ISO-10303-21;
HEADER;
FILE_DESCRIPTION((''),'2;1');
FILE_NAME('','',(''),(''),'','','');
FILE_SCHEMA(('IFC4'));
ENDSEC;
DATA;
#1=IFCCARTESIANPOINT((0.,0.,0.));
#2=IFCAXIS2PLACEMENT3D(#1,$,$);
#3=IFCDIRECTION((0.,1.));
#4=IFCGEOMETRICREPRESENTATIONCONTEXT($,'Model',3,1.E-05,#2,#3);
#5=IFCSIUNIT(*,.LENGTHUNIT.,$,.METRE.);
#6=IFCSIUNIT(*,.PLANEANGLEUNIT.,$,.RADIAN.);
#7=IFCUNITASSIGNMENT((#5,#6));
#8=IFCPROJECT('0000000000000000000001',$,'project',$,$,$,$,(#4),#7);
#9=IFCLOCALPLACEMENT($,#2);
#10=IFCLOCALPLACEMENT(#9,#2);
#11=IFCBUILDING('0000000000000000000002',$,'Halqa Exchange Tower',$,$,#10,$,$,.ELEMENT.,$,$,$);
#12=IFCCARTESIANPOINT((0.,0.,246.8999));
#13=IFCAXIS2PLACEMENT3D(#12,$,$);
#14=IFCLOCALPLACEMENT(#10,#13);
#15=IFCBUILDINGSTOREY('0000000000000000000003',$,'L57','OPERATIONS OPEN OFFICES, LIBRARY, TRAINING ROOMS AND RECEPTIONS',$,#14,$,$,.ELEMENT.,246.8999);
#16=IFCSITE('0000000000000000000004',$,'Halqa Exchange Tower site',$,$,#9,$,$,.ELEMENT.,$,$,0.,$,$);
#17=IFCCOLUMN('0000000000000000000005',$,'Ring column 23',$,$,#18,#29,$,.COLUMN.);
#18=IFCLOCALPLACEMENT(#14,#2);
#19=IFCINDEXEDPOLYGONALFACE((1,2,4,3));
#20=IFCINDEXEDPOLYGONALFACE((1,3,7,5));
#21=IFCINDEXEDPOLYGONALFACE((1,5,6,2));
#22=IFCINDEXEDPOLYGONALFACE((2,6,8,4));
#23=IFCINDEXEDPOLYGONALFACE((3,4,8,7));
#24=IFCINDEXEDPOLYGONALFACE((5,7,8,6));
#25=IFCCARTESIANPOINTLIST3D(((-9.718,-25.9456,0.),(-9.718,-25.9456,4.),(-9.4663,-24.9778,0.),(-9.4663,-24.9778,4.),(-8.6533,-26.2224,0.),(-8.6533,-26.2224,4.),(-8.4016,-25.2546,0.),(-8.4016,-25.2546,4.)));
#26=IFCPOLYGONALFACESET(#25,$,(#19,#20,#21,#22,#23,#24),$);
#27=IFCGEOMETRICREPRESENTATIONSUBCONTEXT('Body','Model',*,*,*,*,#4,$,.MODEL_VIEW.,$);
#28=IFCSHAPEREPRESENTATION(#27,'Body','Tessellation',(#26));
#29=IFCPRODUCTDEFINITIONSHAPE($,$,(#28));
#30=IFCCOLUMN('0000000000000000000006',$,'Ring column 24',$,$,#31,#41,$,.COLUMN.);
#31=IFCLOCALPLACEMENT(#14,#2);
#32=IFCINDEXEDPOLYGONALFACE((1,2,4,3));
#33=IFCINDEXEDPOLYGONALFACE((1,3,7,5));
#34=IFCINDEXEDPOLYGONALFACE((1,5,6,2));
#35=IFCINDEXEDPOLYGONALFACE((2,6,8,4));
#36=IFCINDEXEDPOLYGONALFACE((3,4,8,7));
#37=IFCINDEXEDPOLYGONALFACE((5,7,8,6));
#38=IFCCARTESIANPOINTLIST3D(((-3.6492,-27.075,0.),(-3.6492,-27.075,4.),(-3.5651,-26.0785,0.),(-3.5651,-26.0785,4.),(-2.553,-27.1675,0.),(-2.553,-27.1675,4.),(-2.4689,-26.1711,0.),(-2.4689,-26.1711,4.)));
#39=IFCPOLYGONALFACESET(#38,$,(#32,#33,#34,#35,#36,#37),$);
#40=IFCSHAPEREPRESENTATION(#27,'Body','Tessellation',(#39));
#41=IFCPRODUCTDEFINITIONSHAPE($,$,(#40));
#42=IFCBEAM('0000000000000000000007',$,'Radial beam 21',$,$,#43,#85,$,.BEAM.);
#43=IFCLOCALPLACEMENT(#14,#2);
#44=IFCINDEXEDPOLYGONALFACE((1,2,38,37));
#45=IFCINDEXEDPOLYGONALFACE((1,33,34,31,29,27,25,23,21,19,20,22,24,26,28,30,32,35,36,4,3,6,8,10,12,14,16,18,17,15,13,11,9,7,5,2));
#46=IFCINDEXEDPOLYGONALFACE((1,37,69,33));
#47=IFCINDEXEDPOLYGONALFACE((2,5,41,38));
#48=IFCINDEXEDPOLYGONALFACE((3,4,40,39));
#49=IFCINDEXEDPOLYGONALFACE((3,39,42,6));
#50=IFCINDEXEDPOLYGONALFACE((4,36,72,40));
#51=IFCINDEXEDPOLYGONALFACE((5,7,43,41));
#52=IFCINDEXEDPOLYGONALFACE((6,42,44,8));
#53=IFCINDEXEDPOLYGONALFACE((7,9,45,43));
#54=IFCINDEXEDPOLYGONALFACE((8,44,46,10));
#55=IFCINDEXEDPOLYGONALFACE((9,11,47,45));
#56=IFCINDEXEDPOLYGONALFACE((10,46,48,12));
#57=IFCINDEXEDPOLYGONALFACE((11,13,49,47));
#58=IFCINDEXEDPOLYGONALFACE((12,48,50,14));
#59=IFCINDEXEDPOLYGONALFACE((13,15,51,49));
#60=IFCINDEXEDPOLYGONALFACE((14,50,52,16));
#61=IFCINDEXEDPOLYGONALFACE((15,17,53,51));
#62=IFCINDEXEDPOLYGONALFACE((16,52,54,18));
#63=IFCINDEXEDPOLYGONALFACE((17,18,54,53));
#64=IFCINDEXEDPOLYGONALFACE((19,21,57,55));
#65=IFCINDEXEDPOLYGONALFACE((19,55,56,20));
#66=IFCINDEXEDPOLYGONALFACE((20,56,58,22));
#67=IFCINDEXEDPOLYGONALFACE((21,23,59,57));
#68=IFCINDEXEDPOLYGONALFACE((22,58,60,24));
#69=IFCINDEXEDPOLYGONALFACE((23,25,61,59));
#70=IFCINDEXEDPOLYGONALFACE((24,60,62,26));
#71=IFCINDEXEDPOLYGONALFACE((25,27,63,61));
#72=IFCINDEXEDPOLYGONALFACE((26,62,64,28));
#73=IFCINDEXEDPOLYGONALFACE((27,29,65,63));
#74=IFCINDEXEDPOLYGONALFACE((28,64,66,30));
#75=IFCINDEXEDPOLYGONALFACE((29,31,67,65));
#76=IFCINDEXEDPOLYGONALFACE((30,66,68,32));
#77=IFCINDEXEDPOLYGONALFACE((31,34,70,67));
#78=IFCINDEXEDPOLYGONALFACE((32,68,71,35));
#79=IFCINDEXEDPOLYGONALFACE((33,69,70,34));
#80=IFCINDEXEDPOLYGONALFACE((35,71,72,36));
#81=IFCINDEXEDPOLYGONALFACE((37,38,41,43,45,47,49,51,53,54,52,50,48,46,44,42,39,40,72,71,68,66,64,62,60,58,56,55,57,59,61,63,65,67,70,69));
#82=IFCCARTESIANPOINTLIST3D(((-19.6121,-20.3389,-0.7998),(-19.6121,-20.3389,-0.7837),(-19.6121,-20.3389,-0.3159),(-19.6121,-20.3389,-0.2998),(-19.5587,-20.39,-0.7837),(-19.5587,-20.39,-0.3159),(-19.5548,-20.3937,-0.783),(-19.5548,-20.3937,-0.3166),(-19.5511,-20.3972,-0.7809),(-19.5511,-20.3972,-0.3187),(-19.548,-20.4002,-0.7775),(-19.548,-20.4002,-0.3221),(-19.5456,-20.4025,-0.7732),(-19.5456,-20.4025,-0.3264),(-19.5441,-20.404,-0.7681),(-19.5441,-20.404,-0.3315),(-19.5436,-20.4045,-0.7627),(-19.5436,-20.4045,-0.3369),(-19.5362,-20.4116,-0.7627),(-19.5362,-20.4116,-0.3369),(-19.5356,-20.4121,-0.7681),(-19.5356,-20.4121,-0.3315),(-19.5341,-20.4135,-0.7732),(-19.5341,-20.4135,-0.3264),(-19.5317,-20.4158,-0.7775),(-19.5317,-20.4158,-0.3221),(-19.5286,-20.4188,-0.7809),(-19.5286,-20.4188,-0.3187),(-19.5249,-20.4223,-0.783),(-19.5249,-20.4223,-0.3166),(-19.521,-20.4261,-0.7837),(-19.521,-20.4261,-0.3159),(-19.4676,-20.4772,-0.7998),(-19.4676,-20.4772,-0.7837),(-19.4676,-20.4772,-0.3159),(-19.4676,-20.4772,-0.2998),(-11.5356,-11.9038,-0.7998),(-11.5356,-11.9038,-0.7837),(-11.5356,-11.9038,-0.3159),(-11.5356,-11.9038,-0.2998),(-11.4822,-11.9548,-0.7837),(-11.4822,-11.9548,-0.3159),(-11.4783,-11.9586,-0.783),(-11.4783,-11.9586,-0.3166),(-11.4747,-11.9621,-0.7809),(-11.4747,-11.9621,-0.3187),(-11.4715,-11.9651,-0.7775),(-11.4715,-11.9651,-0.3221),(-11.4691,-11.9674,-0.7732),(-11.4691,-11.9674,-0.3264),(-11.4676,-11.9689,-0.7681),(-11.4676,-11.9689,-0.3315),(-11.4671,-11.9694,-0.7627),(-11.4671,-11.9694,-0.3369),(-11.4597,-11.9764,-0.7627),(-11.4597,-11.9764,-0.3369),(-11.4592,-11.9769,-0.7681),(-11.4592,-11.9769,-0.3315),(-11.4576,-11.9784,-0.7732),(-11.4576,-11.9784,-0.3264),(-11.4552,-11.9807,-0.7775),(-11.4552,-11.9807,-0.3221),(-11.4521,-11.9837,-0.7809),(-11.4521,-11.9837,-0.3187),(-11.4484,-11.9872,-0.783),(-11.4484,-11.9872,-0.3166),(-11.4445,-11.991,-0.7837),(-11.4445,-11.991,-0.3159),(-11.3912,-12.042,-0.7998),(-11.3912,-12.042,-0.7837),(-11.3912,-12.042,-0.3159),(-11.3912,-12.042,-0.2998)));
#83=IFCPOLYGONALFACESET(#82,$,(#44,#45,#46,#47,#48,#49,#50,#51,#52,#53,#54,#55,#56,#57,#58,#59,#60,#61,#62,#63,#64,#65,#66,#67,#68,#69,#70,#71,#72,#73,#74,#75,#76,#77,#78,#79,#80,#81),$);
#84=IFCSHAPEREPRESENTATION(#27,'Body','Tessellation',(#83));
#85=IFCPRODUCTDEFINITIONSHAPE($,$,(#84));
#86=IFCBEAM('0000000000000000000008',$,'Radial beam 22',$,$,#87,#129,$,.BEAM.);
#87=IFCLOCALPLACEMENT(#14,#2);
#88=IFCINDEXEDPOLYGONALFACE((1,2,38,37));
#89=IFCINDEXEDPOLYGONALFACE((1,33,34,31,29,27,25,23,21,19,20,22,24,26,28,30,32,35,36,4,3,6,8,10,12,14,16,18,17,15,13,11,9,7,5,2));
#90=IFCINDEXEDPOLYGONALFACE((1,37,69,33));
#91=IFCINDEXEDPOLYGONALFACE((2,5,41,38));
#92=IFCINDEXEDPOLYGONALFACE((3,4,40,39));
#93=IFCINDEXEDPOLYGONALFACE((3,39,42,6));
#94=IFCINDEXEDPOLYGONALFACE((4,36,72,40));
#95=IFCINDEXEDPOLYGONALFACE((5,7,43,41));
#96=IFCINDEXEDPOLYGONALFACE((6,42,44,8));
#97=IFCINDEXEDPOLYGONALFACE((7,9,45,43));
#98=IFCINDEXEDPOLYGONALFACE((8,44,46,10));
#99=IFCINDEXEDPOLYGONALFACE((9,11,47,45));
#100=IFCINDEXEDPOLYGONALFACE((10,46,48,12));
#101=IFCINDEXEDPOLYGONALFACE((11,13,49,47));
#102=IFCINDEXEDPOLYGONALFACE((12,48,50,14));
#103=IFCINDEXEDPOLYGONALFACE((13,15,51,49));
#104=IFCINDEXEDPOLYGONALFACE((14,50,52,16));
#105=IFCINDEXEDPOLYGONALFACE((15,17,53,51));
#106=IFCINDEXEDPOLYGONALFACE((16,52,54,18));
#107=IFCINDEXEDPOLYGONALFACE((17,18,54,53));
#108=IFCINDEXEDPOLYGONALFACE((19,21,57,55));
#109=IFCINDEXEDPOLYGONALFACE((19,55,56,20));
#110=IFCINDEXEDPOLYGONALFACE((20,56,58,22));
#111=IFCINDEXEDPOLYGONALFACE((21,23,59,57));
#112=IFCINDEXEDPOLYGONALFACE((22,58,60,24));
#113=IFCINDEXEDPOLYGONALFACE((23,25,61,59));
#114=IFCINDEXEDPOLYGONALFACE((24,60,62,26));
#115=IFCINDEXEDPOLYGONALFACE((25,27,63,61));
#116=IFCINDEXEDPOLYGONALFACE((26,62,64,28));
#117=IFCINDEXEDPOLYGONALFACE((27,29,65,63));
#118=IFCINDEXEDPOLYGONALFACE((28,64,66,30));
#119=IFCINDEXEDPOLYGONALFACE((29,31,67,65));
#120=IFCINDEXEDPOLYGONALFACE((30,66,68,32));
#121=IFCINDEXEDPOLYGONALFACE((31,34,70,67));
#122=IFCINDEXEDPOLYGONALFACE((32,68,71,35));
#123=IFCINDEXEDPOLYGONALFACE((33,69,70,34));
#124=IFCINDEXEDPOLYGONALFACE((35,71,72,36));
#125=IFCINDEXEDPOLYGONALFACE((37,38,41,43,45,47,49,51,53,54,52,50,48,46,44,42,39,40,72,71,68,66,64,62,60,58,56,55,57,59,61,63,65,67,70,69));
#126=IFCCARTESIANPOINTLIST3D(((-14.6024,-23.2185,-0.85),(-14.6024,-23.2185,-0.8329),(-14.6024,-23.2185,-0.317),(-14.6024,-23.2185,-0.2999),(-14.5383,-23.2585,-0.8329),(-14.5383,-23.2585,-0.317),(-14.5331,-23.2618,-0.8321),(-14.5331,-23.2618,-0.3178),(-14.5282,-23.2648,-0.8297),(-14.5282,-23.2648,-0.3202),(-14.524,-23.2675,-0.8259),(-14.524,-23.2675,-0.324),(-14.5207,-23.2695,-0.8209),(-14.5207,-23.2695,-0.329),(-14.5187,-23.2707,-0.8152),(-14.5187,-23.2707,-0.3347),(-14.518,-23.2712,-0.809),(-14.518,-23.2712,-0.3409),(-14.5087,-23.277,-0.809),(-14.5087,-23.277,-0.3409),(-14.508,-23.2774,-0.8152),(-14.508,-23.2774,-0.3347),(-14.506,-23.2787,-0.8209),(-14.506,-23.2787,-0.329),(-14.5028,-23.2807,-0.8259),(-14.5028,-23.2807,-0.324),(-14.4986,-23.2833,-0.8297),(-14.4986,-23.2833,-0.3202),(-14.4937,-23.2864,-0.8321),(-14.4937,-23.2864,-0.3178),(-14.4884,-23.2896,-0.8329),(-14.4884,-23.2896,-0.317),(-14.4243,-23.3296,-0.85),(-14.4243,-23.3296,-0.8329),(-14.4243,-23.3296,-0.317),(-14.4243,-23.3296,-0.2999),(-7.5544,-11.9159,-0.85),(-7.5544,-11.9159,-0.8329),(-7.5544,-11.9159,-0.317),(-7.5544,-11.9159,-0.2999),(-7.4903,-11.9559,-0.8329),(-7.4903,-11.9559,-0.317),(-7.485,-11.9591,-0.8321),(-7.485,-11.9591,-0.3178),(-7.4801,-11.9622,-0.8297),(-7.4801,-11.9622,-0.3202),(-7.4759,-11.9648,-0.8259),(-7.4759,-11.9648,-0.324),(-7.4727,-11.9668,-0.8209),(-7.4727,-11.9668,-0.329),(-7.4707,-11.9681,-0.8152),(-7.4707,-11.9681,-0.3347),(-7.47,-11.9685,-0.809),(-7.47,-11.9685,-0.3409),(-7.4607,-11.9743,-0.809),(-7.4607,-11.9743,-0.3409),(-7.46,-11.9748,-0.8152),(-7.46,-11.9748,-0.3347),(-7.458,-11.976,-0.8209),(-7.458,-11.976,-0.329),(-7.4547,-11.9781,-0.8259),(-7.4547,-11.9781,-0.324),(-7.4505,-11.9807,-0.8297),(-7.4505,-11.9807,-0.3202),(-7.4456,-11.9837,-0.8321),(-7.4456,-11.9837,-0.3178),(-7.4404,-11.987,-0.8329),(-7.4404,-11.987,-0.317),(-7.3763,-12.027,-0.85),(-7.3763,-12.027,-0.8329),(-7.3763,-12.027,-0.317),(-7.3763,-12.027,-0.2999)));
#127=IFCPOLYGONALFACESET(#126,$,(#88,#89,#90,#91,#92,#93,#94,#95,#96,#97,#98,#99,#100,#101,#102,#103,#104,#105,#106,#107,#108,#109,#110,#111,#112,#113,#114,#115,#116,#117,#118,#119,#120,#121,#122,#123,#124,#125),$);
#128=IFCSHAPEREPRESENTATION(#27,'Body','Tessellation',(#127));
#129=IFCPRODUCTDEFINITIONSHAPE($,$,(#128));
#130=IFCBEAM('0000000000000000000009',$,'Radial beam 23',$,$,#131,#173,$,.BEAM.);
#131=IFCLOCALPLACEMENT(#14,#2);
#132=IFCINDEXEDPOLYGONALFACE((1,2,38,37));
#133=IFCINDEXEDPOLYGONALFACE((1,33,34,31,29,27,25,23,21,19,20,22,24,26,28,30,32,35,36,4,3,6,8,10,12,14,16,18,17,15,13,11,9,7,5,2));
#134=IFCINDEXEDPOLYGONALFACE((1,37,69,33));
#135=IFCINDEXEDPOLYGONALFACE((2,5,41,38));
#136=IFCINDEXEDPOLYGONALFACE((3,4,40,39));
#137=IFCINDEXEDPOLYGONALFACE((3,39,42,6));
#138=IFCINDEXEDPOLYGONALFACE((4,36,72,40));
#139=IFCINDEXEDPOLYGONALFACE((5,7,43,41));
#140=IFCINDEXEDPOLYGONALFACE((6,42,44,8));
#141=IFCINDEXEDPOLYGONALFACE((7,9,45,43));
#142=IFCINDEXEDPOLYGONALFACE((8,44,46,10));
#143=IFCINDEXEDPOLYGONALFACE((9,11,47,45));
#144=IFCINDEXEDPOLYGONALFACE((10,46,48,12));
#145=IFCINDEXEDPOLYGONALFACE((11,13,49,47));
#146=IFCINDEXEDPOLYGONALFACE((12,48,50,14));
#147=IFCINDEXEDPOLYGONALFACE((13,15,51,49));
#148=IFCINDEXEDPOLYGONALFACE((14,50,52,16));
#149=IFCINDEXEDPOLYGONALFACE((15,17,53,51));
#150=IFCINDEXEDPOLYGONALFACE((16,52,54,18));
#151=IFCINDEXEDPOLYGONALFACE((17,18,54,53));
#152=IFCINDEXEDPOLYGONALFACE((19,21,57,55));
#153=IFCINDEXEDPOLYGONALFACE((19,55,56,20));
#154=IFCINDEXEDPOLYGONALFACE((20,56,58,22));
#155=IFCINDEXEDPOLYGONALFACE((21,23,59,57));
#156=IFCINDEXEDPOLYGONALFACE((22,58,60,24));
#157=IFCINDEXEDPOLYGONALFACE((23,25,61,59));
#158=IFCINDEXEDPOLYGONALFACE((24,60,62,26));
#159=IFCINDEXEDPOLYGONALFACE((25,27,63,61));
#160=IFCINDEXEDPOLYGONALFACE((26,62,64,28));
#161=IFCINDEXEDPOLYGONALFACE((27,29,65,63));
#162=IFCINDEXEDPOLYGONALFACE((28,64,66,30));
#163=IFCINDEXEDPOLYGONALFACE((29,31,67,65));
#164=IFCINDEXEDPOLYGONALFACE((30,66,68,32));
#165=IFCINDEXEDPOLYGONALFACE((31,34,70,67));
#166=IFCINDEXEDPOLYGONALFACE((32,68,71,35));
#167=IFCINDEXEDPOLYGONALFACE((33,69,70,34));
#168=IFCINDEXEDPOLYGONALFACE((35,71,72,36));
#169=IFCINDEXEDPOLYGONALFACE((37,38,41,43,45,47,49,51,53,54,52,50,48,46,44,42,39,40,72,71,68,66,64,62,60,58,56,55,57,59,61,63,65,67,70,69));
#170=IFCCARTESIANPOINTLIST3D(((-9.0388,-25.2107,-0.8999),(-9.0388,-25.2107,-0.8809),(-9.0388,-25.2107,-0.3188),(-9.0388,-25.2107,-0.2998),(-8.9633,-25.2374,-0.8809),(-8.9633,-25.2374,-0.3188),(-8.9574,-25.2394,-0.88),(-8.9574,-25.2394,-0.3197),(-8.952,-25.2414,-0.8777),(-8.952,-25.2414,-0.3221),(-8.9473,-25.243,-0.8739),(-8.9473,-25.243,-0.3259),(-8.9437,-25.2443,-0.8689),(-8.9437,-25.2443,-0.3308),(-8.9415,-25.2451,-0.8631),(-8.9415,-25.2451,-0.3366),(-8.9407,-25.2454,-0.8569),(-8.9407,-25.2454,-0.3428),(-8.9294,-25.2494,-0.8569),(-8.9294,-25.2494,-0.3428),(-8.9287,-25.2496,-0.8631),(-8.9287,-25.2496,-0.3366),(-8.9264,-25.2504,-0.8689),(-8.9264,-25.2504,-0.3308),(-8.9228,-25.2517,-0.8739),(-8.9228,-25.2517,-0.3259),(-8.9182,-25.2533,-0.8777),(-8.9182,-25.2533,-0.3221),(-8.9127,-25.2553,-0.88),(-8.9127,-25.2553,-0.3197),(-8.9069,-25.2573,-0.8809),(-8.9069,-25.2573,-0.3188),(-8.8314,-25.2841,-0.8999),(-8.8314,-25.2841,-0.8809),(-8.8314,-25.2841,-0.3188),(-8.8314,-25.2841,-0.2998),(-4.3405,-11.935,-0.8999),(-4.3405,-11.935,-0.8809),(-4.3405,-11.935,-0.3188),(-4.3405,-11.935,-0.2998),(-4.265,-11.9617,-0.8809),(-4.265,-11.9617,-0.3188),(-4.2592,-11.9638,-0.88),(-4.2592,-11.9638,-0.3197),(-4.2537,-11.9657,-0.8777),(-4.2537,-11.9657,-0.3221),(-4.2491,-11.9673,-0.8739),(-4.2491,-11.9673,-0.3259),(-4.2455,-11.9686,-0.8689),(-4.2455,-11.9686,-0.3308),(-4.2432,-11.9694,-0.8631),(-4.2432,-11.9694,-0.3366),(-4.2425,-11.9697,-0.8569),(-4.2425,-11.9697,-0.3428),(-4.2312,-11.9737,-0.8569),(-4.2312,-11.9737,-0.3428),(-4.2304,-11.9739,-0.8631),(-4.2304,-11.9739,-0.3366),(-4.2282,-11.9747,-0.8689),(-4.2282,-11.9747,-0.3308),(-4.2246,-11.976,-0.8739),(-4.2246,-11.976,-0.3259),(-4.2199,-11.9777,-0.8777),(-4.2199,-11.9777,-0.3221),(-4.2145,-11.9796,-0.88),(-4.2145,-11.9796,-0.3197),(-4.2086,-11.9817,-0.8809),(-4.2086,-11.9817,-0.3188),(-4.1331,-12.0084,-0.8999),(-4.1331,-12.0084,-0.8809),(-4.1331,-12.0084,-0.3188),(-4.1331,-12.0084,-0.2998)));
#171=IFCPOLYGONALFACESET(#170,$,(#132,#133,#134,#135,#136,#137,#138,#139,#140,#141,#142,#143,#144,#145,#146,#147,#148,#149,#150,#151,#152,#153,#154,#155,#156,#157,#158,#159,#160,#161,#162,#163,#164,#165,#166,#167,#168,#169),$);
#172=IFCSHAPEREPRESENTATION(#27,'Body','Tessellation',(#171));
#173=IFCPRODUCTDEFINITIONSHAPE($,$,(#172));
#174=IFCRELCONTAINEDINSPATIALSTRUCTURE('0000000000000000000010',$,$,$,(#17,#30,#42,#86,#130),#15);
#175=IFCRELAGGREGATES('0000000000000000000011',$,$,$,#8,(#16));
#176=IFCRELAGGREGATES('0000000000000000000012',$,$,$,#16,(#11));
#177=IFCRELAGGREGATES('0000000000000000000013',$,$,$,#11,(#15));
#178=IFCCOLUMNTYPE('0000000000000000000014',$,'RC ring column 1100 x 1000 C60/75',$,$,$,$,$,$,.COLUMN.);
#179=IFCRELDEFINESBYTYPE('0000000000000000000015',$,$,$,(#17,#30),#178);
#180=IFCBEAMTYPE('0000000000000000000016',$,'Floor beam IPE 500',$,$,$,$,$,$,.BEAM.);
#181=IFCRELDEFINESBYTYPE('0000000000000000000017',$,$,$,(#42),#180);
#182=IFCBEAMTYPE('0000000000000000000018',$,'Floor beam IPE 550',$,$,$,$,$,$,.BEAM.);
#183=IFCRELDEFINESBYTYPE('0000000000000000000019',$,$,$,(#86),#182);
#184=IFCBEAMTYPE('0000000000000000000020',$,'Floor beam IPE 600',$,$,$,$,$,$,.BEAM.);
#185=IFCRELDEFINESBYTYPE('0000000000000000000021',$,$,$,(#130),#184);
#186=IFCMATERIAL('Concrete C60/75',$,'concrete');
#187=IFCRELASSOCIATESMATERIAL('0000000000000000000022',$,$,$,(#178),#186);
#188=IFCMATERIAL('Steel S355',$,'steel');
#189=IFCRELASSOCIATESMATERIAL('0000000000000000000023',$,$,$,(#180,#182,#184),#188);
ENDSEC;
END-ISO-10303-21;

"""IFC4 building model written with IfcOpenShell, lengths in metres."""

from ifc_helpers import new_model, si_unit, direction, frame, origin, origin_2d, place, context, subcontext, project, spatial, rectangle, i_section, extrude, material, material_profile, profile_set, type_object, element, save


model = new_model("IFC4")

# Units and contexts
model_context = context("Model", 3, precision=1e-05, world=origin(), true_north=direction((0.0, 1.0)))
body_context = subcontext(model_context, "Body", "Model", "MODEL_VIEW")
ifc_project = project(units=[si_unit("LENGTHUNIT", "METRE"), si_unit("PLANEANGLEUNIT", "RADIAN")], contexts=[model_context])

# Site, building, storey
site_placement = place(None, origin())
site = spatial("IfcSite", under=ifc_project, at=site_placement, Name="Halqa Exchange Tower site", CompositionType="ELEMENT", RefElevation=0.0)
building_placement = place(site_placement, origin())
building = spatial("IfcBuilding", under=site, at=building_placement, Name="Halqa Exchange Tower", CompositionType="ELEMENT")
storey_placement = place(building_placement, frame((0.0, 0.0, 246.8999)))
storey = spatial("IfcBuildingStorey", under=building, at=storey_placement, Name="L57", Description="OPERATIONS OPEN OFFICES, LIBRARY, TRAINING ROOMS AND RECEPTIONS", CompositionType="ELEMENT", Elevation=246.8999)

# Columns
ifc_material_1 = material(Name="Concrete C60/75", Category="concrete")
ifc_material_profile_1 = material_profile(ifc_material_1, rectangle(XDim=1.1001, YDim=1.0, at=origin_2d()), Name="1100 x 1000")
ifc_profile_set_1 = profile_set([ifc_material_profile_1], Name="Concrete C60/75")
column_type = type_object("IfcColumnType", Name="RC ring column 1100 x 1000 C60/75", PredefinedType="COLUMN", material=ifc_profile_set_1)
for number, where, z_axis, x_axis, name in (
    (1, (-9.0598, -25.6001, 0.0), (0.0, 0.0, 1.0), (0.96782, -0.251645, 0.0), "Ring column 23"),
    (2, (-3.0591, -26.623, 0.0), (0.0, 0.0, 1.0), (0.996456, -0.084121, 0.0), "Ring column 24"),
):
    element("IfcColumn", number, at=place(storey_placement, frame(where, z_axis=z_axis, x_axis=x_axis)), inside=storey, type_object=column_type, Name=name, PredefinedType="COLUMN", context=body_context, shape_type="SweptSolid", body=[
        extrude(rectangle(XDim=1.1001, YDim=1.0, at=origin_2d()), origin(), (0.0, 0.0, 1.0), 4.0),
    ])

# Beams
ifc_material_2 = material(Name="Steel S355", Category="steel")
ifc_material_profile_2 = material_profile(ifc_material_2, i_section(OverallWidth=0.2, OverallDepth=0.5, WebThickness=0.0103, FlangeThickness=0.0161, FilletRadius=0.021, at=origin_2d()), Name="IPE 500")
ifc_profile_set_2 = profile_set([ifc_material_profile_2], Name="Steel S355")
beam_type_1 = type_object("IfcBeamType", Name="Floor beam IPE 500", PredefinedType="BEAM", material=ifc_profile_set_2)
beam_1_placement = place(storey_placement, frame((-11.4634, -11.9729, -0.5498), z_axis=(-0.691585, -0.722295, 0.0), x_axis=(0.722295, -0.691585, 0.0)))
element("IfcBeam", 3, at=beam_1_placement, inside=storey, type_object=beam_type_1, Name="Radial beam 21", PredefinedType="BEAM", context=body_context, shape_type="SweptSolid", body=[
    extrude(i_section(OverallWidth=0.2, OverallDepth=0.5, WebThickness=0.0103, FlangeThickness=0.0161, FilletRadius=0.021, at=origin_2d()), origin(), (0.0, 0.0, 1.0), 11.6782),
])
ifc_material_profile_3 = material_profile(ifc_material_2, i_section(OverallWidth=0.21, OverallDepth=0.55, WebThickness=0.011, FlangeThickness=0.0171, FilletRadius=0.0239, at=origin_2d()), Name="IPE 550")
ifc_profile_set_3 = profile_set([ifc_material_profile_3], Name="Steel S355")
beam_type_2 = type_object("IfcBeamType", Name="Floor beam IPE 550", PredefinedType="BEAM", material=ifc_profile_set_3)
beam_2_placement = place(storey_placement, frame((-7.4653, -11.9714, -0.575), z_axis=(-0.529129, -0.848542, 0.0), x_axis=(0.848542, -0.529129, 0.0)))
element("IfcBeam", 4, at=beam_2_placement, inside=storey, type_object=beam_type_2, Name="Radial beam 22", PredefinedType="BEAM", context=body_context, shape_type="SweptSolid", body=[
    extrude(i_section(OverallWidth=0.21, OverallDepth=0.55, WebThickness=0.011, FlangeThickness=0.0171, FilletRadius=0.0239, at=origin_2d()), origin(), (0.0, 0.0, 1.0), 13.3201),
])
ifc_material_profile_4 = material_profile(ifc_material_2, i_section(OverallWidth=0.22, OverallDepth=0.6001, WebThickness=0.012, FlangeThickness=0.019, FilletRadius=0.0239, at=origin_2d()), Name="IPE 600")
ifc_profile_set_4 = profile_set([ifc_material_profile_4], Name="Steel S355")
beam_type_3 = type_object("IfcBeamType", Name="Floor beam IPE 600", PredefinedType="BEAM", material=ifc_profile_set_4)
beam_3_placement = place(storey_placement, frame((-4.2368, -11.9717, -0.5999), z_axis=(-0.333623, -0.942706, 0.0), x_axis=(0.942706, -0.333623, 0.0)))
element("IfcBeam", 5, at=beam_3_placement, inside=storey, type_object=beam_type_3, Name="Radial beam 23", PredefinedType="BEAM", context=body_context, shape_type="SweptSolid", body=[
    extrude(i_section(OverallWidth=0.22, OverallDepth=0.6001, WebThickness=0.012, FlangeThickness=0.019, FilletRadius=0.0239, at=origin_2d()), origin(), (0.0, 0.0, 1.0), 14.0825),
])

save(model, "model.ifc")
